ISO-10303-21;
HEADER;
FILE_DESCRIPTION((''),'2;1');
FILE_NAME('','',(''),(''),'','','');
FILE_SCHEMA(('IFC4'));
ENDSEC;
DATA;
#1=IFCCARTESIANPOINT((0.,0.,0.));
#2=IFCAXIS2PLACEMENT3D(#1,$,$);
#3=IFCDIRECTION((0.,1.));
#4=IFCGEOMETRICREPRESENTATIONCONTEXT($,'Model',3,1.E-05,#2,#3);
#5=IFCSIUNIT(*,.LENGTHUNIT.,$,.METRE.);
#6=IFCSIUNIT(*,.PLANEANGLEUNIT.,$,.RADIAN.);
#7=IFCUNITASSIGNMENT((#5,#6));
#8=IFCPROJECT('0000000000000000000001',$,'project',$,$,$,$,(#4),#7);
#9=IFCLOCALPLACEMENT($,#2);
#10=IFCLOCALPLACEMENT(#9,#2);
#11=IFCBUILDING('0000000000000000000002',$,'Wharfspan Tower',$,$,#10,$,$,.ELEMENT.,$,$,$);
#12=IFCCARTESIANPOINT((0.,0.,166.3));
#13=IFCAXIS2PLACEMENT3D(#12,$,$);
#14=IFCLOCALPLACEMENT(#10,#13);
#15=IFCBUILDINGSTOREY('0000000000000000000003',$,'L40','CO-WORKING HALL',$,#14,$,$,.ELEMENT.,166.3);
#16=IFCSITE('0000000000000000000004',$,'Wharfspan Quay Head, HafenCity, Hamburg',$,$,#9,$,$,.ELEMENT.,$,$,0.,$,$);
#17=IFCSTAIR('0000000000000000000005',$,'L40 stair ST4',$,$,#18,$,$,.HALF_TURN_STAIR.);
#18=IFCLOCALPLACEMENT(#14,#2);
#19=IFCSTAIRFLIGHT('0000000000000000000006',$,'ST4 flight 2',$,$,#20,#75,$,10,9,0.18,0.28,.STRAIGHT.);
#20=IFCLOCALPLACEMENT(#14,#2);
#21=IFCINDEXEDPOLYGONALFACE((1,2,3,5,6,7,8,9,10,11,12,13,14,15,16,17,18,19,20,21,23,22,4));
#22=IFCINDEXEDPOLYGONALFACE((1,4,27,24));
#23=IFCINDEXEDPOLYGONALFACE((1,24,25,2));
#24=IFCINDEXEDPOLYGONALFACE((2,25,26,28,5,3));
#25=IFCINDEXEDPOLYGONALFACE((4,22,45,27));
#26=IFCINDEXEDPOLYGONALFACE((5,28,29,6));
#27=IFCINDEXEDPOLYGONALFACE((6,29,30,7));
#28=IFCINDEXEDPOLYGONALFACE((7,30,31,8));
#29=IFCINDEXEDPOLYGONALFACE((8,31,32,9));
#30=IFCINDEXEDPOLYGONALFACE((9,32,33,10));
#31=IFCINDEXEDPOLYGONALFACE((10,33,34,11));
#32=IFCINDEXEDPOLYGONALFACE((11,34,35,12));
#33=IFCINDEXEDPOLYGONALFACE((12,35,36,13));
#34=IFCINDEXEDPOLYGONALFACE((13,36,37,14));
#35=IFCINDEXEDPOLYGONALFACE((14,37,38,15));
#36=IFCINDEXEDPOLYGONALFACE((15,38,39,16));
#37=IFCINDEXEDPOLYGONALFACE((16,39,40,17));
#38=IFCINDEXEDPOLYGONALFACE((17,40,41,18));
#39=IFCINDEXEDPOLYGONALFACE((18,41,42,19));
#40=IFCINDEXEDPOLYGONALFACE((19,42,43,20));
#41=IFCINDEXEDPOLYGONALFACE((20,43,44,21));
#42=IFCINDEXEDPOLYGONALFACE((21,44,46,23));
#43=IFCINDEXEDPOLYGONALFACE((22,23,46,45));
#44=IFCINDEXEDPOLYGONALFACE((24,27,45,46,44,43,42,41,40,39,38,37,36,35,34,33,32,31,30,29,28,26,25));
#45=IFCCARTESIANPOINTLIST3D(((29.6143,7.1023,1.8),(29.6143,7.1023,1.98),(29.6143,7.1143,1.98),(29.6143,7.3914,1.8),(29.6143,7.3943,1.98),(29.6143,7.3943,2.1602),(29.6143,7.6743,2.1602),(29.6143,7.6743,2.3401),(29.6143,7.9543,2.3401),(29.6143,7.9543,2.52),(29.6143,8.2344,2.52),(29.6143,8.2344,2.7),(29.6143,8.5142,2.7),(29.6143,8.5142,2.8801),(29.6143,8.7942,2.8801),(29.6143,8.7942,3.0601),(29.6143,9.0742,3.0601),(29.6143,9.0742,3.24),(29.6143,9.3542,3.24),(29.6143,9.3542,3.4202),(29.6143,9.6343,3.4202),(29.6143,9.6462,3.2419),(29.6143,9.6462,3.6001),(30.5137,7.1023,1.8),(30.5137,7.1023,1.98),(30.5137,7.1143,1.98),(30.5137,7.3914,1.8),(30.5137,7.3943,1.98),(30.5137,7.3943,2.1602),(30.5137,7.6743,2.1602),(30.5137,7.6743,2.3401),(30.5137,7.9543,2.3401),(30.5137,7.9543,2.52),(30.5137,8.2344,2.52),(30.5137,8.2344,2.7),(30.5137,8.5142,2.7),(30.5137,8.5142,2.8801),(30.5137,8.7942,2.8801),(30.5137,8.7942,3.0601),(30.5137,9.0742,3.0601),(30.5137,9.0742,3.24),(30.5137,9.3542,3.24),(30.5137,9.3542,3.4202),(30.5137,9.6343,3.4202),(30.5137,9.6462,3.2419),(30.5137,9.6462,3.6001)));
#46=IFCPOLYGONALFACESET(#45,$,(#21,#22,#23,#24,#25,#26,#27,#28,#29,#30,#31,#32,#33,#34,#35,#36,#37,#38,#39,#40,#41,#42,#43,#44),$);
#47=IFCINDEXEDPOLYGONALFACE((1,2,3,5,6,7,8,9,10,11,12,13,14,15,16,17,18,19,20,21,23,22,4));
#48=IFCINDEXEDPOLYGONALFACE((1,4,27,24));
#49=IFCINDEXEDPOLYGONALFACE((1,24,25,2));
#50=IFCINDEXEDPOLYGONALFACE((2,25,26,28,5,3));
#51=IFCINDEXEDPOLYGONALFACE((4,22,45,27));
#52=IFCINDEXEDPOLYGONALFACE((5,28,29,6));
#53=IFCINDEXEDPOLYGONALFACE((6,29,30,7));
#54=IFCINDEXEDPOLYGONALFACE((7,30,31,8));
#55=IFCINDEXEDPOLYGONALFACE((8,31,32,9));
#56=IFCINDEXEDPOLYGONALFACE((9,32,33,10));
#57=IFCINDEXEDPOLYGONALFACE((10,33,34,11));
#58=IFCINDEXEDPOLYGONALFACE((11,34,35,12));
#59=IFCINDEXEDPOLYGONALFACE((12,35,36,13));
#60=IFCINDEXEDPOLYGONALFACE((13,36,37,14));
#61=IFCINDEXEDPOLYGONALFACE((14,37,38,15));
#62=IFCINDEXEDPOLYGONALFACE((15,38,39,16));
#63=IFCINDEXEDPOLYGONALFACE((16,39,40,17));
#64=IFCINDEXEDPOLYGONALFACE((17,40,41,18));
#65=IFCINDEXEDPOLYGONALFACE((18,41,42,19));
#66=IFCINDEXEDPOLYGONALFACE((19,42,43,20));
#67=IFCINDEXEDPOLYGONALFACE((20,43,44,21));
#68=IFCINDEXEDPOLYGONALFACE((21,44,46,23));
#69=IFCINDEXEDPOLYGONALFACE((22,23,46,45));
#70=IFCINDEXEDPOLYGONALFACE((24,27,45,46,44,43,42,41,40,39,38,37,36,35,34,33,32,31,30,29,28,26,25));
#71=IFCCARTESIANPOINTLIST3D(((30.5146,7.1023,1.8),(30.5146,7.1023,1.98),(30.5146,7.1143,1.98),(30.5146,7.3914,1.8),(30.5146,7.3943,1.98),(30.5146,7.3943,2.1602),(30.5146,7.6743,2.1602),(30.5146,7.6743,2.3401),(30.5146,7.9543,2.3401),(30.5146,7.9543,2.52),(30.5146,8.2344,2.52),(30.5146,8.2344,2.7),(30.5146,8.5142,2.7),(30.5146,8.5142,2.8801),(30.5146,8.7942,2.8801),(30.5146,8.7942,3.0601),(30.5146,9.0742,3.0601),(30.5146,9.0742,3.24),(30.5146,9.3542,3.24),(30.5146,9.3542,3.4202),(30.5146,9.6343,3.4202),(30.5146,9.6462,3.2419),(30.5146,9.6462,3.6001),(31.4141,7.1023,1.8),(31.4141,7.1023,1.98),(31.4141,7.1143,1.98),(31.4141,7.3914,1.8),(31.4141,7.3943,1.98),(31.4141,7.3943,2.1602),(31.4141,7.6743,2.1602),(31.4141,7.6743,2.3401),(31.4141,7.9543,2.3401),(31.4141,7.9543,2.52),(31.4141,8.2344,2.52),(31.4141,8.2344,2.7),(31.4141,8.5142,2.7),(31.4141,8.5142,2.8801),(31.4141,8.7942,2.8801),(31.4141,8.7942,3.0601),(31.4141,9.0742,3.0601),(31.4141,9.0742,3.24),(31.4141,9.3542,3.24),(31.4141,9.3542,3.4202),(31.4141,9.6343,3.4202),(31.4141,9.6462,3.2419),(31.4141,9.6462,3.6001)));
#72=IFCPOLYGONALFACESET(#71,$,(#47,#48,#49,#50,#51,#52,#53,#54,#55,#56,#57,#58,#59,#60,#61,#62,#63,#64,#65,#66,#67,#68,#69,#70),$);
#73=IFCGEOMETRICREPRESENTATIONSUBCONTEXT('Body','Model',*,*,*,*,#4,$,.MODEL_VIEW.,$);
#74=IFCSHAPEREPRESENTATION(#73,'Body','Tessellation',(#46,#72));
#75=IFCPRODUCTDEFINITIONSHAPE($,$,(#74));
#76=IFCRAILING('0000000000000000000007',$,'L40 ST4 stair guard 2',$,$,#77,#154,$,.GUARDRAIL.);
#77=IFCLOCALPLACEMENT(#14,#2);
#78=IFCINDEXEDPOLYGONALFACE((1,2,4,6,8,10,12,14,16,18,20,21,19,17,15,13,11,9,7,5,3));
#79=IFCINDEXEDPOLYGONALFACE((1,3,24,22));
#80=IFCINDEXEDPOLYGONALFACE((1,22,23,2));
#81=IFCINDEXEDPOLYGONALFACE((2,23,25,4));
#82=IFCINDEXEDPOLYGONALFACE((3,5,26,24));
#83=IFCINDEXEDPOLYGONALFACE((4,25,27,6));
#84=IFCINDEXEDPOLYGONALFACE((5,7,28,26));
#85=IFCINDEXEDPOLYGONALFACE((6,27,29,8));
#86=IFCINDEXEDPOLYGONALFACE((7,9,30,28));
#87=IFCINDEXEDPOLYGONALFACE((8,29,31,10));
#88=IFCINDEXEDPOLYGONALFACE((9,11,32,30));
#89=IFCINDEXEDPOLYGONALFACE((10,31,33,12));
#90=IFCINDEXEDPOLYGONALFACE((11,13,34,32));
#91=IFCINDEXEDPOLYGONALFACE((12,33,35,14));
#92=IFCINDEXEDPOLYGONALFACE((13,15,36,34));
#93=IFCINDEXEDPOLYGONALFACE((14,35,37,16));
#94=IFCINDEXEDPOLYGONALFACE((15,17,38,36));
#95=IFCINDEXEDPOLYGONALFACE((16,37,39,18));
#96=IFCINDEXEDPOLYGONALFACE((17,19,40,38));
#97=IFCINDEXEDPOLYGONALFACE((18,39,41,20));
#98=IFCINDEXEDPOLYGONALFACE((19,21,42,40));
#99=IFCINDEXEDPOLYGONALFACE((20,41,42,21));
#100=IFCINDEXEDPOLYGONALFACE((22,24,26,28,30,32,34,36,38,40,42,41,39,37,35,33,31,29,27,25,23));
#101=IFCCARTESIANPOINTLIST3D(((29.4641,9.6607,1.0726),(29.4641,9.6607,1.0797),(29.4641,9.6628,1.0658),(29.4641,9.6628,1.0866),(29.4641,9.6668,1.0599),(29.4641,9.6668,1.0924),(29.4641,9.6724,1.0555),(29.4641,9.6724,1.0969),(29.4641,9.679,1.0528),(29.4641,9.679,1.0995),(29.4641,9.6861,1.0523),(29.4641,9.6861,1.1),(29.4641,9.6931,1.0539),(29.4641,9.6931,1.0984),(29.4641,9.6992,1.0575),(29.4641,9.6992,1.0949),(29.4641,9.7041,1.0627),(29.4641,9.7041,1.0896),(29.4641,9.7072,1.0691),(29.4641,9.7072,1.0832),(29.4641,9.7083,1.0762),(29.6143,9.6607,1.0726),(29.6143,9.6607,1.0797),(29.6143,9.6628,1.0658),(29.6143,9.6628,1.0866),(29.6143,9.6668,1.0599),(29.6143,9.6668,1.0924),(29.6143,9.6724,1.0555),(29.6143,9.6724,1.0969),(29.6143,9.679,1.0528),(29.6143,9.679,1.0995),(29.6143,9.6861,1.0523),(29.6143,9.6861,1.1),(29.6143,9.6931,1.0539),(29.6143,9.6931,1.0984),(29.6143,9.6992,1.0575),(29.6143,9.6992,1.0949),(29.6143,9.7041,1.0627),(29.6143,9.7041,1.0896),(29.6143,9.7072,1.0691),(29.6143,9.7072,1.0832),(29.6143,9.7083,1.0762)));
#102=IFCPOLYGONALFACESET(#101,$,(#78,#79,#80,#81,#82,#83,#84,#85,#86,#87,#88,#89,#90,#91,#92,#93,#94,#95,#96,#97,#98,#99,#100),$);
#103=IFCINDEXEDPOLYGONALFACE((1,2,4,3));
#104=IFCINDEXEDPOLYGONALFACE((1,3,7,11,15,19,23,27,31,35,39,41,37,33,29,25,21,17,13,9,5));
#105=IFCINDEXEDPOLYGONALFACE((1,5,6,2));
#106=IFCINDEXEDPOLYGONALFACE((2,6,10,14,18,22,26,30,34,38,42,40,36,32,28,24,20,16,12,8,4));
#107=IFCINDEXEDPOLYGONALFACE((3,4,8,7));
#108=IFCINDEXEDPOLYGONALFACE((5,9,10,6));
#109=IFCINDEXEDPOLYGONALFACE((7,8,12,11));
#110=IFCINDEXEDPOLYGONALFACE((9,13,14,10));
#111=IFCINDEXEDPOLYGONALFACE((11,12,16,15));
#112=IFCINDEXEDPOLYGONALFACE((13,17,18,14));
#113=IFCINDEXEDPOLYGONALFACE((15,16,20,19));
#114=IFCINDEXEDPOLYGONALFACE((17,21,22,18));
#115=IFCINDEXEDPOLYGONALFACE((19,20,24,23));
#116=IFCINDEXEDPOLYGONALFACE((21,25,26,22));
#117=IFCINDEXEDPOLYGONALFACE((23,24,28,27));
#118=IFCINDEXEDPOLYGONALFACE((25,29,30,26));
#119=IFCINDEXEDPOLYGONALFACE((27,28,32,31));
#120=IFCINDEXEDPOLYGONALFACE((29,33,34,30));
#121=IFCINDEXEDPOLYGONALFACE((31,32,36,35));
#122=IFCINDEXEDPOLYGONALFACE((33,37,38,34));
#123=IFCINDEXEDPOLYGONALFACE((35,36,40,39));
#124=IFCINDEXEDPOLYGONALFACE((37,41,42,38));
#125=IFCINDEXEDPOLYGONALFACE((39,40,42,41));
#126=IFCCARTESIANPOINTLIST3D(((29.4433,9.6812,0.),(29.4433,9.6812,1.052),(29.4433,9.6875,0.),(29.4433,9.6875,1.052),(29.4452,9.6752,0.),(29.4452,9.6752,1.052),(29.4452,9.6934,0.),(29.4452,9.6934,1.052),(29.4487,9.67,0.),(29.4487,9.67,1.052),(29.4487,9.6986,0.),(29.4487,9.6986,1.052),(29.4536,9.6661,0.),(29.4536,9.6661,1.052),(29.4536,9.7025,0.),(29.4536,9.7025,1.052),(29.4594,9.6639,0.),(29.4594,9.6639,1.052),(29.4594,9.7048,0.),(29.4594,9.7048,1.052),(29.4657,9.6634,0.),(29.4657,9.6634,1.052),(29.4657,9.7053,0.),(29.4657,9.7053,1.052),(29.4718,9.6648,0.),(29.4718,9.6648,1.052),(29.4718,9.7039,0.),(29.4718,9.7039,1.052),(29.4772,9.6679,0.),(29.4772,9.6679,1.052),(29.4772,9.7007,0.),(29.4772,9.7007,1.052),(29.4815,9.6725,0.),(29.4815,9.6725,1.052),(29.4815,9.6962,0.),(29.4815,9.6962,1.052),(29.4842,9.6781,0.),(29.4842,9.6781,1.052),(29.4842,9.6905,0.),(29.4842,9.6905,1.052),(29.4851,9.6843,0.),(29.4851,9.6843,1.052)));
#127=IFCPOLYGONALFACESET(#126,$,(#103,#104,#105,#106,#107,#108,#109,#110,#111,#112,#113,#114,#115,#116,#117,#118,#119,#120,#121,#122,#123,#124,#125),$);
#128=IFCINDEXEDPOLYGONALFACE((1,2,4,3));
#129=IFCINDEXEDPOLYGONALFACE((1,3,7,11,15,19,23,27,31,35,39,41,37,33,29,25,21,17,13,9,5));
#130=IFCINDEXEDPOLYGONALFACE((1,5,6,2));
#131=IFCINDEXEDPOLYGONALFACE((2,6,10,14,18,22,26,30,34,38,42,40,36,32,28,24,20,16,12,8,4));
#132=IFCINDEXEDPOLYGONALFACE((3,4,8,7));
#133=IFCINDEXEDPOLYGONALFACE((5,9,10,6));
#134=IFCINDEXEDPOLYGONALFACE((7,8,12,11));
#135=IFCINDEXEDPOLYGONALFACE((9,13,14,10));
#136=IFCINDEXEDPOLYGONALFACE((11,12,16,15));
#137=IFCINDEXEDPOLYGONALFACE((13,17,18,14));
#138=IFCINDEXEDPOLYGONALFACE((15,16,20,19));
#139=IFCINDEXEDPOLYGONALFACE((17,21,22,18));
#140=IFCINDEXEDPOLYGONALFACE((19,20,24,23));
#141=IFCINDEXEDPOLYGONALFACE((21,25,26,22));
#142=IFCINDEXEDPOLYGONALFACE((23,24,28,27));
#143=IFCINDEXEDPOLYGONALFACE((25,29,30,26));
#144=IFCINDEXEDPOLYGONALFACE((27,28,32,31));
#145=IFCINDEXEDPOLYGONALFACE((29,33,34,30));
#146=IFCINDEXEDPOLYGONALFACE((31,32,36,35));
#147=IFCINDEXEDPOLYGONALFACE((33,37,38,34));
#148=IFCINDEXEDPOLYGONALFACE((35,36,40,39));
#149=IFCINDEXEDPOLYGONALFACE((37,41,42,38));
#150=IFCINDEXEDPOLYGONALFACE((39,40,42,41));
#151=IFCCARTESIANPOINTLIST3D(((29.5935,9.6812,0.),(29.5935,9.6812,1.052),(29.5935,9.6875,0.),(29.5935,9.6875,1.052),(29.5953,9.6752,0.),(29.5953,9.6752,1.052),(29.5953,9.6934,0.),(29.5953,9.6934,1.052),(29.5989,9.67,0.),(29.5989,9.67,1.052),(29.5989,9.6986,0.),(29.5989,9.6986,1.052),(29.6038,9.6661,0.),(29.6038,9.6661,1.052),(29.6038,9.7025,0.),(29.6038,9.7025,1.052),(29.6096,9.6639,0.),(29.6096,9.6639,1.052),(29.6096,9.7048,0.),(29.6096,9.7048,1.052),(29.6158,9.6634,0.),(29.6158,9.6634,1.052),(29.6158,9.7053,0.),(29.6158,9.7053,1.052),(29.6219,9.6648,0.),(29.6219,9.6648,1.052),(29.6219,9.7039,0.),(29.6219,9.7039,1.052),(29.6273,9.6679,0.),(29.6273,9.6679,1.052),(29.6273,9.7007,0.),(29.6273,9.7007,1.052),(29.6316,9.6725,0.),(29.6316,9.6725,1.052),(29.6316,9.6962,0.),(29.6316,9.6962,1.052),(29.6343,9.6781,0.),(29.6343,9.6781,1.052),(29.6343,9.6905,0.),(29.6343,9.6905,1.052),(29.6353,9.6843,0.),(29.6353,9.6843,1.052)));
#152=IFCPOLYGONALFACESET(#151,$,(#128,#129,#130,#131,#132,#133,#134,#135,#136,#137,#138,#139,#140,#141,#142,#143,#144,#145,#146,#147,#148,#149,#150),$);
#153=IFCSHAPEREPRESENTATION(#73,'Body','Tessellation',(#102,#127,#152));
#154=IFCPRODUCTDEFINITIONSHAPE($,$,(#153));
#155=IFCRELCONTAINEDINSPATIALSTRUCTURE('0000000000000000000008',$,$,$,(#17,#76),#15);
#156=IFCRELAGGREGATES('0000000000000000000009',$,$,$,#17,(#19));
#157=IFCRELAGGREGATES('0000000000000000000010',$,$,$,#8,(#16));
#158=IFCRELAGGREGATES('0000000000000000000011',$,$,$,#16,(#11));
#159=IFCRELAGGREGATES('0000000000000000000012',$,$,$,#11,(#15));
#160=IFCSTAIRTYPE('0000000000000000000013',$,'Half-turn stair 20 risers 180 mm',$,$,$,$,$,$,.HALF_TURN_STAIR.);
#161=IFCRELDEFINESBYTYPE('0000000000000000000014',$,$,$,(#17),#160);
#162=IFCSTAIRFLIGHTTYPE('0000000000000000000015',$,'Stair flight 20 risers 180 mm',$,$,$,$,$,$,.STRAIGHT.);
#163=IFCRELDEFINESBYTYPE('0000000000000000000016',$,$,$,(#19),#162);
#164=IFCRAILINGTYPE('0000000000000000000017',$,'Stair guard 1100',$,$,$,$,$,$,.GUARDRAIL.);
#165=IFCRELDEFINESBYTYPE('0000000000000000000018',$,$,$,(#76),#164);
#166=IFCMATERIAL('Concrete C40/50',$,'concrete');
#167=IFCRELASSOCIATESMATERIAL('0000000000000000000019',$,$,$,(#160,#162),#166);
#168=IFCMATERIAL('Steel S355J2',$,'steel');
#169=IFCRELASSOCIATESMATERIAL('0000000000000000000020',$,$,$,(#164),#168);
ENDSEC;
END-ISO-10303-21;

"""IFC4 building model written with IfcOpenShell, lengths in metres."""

from ifc_helpers import new_model, si_unit, direction, frame, origin, origin_2d, place, context, subcontext, project, spatial, polyline, circle, outline, extrude, material, type_object, element, aggregate, save


model = new_model("IFC4")

# Units and contexts
model_context = context("Model", 3, precision=1e-05, world=origin(), true_north=direction((0.0, 1.0)))
body_context = subcontext(model_context, "Body", "Model", "MODEL_VIEW")
ifc_project = project(units=[si_unit("LENGTHUNIT", "METRE"), si_unit("PLANEANGLEUNIT", "RADIAN")], contexts=[model_context])

# Site, building, storey
site_placement = place(None, origin())
site = spatial("IfcSite", under=ifc_project, at=site_placement, Name="Wharfspan Quay Head, HafenCity, Hamburg", CompositionType="ELEMENT", RefElevation=0.0)
building_placement = place(site_placement, origin())
building = spatial("IfcBuilding", under=site, at=building_placement, Name="Wharfspan Tower", CompositionType="ELEMENT")
storey_placement = place(building_placement, frame((0.0, 0.0, 166.3)))
storey = spatial("IfcBuildingStorey", under=building, at=storey_placement, Name="L40", Description="CO-WORKING HALL", CompositionType="ELEMENT", Elevation=166.3)

# Shared definitions
ifc_material_1 = material(Name="Steel S355J2", Category="steel")

# Shared definitions
ifc_material_2 = material(Name="Concrete C40/50", Category="concrete")

# Stair, stair flight
stair_type = type_object("IfcStairType", Name="Half-turn stair 20 risers 180 mm", PredefinedType="HALF_TURN_STAIR", material=ifc_material_2)
stair_placement = place(storey_placement, origin())
stair = element("IfcStair", 1, at=stair_placement, inside=storey, type_object=stair_type, Name="L40 stair ST4", PredefinedType="HALF_TURN_STAIR")
stair_flight_type = type_object("IfcStairFlightType", Name="Stair flight 20 risers 180 mm", PredefinedType="STRAIGHT", material=ifc_material_2)
stair_flight_1_placement = place(storey_placement, frame((30.5142, 7.1143, 1.8), z_axis=(0.0, 0.0, 1.0), x_axis=(0.0, 1.0, 0.0)))
stair_flight_1 = element("IfcStairFlight", 2, at=stair_flight_1_placement, type_object=stair_flight_type, Name="ST4 flight 2", NumberOfRisers=10, NumberOfTreads=9, PredefinedType="STRAIGHT", RiserHeight=0.18, TreadLength=0.28, context=body_context, shape_type="SweptSolid", body=[
    extrude(outline(polyline([(-0.012, 0.0), (-0.012, 0.1799), (0.0, 0.1799), (0.28, 0.1799), (0.28, 0.3601), (0.5601, 0.3601), (0.5601, 0.54), (0.8401, 0.54), (0.8401, 0.72), (1.1201, 0.72), (1.1201, 0.8999), (1.3999, 0.8999), (1.3999, 1.0801), (1.6799, 1.0801), (1.6799, 1.26), (1.96, 1.26), (1.96, 1.4399), (2.24, 1.4399), (2.24, 1.6201), (2.52, 1.6201), (2.532, 1.8), (2.532, 1.4419), (0.2771, 0.0), (-0.012, 0.0)])), frame((0.0, 0.8999, 0.0), z_axis=(0.0, -1.0, 0.0), x_axis=(1.0, 0.0, 0.0)), (0.0, 0.0, 1.0), 0.8994),
    extrude(outline(polyline([(-0.012, 0.0), (-0.012, 0.1799), (0.0, 0.1799), (0.28, 0.1799), (0.28, 0.3601), (0.5601, 0.3601), (0.5601, 0.54), (0.8401, 0.54), (0.8401, 0.72), (1.1201, 0.72), (1.1201, 0.8999), (1.3999, 0.8999), (1.3999, 1.0801), (1.6799, 1.0801), (1.6799, 1.26), (1.96, 1.26), (1.96, 1.4399), (2.24, 1.4399), (2.24, 1.6201), (2.52, 1.6201), (2.532, 1.8), (2.532, 1.4419), (0.2771, 0.0), (-0.012, 0.0)])), frame((0.0, -0.0005, 0.0), z_axis=(0.0, -1.0, 0.0), x_axis=(1.0, 0.0, 0.0)), (0.0, 0.0, 1.0), 0.8994),
])
aggregate(stair, [stair_flight_1])

# Railing
railing_type_1 = type_object("IfcRailingType", Name="Stair guard 1100", PredefinedType="GUARDRAIL", material=ifc_material_1)
railing_1_placement = place(storey_placement, frame((29.4641, 9.6843, 0.0)))
element("IfcRailing", 3, at=railing_1_placement, inside=storey, type_object=railing_type_1, Name="L40 ST4 stair guard 2", PredefinedType="GUARDRAIL", context=body_context, shape_type="SweptSolid", body=[
    extrude(circle(Radius=0.0239, at=origin_2d()), frame((0.0, 0.0, 1.0762), z_axis=(1.0, 0.0, 0.0), x_axis=(0.0, 1.0, 0.0)), (0.0, 0.0, 1.0), 0.1501),
    extrude(circle(Radius=0.021, at=origin_2d()), origin(), (0.0, 0.0, 1.0), 1.052),
    extrude(circle(Radius=0.021, at=origin_2d()), frame((0.1501, 0.0, 0.0)), (0.0, 0.0, 1.0), 1.052),
])

save(model, "model.ifc")
